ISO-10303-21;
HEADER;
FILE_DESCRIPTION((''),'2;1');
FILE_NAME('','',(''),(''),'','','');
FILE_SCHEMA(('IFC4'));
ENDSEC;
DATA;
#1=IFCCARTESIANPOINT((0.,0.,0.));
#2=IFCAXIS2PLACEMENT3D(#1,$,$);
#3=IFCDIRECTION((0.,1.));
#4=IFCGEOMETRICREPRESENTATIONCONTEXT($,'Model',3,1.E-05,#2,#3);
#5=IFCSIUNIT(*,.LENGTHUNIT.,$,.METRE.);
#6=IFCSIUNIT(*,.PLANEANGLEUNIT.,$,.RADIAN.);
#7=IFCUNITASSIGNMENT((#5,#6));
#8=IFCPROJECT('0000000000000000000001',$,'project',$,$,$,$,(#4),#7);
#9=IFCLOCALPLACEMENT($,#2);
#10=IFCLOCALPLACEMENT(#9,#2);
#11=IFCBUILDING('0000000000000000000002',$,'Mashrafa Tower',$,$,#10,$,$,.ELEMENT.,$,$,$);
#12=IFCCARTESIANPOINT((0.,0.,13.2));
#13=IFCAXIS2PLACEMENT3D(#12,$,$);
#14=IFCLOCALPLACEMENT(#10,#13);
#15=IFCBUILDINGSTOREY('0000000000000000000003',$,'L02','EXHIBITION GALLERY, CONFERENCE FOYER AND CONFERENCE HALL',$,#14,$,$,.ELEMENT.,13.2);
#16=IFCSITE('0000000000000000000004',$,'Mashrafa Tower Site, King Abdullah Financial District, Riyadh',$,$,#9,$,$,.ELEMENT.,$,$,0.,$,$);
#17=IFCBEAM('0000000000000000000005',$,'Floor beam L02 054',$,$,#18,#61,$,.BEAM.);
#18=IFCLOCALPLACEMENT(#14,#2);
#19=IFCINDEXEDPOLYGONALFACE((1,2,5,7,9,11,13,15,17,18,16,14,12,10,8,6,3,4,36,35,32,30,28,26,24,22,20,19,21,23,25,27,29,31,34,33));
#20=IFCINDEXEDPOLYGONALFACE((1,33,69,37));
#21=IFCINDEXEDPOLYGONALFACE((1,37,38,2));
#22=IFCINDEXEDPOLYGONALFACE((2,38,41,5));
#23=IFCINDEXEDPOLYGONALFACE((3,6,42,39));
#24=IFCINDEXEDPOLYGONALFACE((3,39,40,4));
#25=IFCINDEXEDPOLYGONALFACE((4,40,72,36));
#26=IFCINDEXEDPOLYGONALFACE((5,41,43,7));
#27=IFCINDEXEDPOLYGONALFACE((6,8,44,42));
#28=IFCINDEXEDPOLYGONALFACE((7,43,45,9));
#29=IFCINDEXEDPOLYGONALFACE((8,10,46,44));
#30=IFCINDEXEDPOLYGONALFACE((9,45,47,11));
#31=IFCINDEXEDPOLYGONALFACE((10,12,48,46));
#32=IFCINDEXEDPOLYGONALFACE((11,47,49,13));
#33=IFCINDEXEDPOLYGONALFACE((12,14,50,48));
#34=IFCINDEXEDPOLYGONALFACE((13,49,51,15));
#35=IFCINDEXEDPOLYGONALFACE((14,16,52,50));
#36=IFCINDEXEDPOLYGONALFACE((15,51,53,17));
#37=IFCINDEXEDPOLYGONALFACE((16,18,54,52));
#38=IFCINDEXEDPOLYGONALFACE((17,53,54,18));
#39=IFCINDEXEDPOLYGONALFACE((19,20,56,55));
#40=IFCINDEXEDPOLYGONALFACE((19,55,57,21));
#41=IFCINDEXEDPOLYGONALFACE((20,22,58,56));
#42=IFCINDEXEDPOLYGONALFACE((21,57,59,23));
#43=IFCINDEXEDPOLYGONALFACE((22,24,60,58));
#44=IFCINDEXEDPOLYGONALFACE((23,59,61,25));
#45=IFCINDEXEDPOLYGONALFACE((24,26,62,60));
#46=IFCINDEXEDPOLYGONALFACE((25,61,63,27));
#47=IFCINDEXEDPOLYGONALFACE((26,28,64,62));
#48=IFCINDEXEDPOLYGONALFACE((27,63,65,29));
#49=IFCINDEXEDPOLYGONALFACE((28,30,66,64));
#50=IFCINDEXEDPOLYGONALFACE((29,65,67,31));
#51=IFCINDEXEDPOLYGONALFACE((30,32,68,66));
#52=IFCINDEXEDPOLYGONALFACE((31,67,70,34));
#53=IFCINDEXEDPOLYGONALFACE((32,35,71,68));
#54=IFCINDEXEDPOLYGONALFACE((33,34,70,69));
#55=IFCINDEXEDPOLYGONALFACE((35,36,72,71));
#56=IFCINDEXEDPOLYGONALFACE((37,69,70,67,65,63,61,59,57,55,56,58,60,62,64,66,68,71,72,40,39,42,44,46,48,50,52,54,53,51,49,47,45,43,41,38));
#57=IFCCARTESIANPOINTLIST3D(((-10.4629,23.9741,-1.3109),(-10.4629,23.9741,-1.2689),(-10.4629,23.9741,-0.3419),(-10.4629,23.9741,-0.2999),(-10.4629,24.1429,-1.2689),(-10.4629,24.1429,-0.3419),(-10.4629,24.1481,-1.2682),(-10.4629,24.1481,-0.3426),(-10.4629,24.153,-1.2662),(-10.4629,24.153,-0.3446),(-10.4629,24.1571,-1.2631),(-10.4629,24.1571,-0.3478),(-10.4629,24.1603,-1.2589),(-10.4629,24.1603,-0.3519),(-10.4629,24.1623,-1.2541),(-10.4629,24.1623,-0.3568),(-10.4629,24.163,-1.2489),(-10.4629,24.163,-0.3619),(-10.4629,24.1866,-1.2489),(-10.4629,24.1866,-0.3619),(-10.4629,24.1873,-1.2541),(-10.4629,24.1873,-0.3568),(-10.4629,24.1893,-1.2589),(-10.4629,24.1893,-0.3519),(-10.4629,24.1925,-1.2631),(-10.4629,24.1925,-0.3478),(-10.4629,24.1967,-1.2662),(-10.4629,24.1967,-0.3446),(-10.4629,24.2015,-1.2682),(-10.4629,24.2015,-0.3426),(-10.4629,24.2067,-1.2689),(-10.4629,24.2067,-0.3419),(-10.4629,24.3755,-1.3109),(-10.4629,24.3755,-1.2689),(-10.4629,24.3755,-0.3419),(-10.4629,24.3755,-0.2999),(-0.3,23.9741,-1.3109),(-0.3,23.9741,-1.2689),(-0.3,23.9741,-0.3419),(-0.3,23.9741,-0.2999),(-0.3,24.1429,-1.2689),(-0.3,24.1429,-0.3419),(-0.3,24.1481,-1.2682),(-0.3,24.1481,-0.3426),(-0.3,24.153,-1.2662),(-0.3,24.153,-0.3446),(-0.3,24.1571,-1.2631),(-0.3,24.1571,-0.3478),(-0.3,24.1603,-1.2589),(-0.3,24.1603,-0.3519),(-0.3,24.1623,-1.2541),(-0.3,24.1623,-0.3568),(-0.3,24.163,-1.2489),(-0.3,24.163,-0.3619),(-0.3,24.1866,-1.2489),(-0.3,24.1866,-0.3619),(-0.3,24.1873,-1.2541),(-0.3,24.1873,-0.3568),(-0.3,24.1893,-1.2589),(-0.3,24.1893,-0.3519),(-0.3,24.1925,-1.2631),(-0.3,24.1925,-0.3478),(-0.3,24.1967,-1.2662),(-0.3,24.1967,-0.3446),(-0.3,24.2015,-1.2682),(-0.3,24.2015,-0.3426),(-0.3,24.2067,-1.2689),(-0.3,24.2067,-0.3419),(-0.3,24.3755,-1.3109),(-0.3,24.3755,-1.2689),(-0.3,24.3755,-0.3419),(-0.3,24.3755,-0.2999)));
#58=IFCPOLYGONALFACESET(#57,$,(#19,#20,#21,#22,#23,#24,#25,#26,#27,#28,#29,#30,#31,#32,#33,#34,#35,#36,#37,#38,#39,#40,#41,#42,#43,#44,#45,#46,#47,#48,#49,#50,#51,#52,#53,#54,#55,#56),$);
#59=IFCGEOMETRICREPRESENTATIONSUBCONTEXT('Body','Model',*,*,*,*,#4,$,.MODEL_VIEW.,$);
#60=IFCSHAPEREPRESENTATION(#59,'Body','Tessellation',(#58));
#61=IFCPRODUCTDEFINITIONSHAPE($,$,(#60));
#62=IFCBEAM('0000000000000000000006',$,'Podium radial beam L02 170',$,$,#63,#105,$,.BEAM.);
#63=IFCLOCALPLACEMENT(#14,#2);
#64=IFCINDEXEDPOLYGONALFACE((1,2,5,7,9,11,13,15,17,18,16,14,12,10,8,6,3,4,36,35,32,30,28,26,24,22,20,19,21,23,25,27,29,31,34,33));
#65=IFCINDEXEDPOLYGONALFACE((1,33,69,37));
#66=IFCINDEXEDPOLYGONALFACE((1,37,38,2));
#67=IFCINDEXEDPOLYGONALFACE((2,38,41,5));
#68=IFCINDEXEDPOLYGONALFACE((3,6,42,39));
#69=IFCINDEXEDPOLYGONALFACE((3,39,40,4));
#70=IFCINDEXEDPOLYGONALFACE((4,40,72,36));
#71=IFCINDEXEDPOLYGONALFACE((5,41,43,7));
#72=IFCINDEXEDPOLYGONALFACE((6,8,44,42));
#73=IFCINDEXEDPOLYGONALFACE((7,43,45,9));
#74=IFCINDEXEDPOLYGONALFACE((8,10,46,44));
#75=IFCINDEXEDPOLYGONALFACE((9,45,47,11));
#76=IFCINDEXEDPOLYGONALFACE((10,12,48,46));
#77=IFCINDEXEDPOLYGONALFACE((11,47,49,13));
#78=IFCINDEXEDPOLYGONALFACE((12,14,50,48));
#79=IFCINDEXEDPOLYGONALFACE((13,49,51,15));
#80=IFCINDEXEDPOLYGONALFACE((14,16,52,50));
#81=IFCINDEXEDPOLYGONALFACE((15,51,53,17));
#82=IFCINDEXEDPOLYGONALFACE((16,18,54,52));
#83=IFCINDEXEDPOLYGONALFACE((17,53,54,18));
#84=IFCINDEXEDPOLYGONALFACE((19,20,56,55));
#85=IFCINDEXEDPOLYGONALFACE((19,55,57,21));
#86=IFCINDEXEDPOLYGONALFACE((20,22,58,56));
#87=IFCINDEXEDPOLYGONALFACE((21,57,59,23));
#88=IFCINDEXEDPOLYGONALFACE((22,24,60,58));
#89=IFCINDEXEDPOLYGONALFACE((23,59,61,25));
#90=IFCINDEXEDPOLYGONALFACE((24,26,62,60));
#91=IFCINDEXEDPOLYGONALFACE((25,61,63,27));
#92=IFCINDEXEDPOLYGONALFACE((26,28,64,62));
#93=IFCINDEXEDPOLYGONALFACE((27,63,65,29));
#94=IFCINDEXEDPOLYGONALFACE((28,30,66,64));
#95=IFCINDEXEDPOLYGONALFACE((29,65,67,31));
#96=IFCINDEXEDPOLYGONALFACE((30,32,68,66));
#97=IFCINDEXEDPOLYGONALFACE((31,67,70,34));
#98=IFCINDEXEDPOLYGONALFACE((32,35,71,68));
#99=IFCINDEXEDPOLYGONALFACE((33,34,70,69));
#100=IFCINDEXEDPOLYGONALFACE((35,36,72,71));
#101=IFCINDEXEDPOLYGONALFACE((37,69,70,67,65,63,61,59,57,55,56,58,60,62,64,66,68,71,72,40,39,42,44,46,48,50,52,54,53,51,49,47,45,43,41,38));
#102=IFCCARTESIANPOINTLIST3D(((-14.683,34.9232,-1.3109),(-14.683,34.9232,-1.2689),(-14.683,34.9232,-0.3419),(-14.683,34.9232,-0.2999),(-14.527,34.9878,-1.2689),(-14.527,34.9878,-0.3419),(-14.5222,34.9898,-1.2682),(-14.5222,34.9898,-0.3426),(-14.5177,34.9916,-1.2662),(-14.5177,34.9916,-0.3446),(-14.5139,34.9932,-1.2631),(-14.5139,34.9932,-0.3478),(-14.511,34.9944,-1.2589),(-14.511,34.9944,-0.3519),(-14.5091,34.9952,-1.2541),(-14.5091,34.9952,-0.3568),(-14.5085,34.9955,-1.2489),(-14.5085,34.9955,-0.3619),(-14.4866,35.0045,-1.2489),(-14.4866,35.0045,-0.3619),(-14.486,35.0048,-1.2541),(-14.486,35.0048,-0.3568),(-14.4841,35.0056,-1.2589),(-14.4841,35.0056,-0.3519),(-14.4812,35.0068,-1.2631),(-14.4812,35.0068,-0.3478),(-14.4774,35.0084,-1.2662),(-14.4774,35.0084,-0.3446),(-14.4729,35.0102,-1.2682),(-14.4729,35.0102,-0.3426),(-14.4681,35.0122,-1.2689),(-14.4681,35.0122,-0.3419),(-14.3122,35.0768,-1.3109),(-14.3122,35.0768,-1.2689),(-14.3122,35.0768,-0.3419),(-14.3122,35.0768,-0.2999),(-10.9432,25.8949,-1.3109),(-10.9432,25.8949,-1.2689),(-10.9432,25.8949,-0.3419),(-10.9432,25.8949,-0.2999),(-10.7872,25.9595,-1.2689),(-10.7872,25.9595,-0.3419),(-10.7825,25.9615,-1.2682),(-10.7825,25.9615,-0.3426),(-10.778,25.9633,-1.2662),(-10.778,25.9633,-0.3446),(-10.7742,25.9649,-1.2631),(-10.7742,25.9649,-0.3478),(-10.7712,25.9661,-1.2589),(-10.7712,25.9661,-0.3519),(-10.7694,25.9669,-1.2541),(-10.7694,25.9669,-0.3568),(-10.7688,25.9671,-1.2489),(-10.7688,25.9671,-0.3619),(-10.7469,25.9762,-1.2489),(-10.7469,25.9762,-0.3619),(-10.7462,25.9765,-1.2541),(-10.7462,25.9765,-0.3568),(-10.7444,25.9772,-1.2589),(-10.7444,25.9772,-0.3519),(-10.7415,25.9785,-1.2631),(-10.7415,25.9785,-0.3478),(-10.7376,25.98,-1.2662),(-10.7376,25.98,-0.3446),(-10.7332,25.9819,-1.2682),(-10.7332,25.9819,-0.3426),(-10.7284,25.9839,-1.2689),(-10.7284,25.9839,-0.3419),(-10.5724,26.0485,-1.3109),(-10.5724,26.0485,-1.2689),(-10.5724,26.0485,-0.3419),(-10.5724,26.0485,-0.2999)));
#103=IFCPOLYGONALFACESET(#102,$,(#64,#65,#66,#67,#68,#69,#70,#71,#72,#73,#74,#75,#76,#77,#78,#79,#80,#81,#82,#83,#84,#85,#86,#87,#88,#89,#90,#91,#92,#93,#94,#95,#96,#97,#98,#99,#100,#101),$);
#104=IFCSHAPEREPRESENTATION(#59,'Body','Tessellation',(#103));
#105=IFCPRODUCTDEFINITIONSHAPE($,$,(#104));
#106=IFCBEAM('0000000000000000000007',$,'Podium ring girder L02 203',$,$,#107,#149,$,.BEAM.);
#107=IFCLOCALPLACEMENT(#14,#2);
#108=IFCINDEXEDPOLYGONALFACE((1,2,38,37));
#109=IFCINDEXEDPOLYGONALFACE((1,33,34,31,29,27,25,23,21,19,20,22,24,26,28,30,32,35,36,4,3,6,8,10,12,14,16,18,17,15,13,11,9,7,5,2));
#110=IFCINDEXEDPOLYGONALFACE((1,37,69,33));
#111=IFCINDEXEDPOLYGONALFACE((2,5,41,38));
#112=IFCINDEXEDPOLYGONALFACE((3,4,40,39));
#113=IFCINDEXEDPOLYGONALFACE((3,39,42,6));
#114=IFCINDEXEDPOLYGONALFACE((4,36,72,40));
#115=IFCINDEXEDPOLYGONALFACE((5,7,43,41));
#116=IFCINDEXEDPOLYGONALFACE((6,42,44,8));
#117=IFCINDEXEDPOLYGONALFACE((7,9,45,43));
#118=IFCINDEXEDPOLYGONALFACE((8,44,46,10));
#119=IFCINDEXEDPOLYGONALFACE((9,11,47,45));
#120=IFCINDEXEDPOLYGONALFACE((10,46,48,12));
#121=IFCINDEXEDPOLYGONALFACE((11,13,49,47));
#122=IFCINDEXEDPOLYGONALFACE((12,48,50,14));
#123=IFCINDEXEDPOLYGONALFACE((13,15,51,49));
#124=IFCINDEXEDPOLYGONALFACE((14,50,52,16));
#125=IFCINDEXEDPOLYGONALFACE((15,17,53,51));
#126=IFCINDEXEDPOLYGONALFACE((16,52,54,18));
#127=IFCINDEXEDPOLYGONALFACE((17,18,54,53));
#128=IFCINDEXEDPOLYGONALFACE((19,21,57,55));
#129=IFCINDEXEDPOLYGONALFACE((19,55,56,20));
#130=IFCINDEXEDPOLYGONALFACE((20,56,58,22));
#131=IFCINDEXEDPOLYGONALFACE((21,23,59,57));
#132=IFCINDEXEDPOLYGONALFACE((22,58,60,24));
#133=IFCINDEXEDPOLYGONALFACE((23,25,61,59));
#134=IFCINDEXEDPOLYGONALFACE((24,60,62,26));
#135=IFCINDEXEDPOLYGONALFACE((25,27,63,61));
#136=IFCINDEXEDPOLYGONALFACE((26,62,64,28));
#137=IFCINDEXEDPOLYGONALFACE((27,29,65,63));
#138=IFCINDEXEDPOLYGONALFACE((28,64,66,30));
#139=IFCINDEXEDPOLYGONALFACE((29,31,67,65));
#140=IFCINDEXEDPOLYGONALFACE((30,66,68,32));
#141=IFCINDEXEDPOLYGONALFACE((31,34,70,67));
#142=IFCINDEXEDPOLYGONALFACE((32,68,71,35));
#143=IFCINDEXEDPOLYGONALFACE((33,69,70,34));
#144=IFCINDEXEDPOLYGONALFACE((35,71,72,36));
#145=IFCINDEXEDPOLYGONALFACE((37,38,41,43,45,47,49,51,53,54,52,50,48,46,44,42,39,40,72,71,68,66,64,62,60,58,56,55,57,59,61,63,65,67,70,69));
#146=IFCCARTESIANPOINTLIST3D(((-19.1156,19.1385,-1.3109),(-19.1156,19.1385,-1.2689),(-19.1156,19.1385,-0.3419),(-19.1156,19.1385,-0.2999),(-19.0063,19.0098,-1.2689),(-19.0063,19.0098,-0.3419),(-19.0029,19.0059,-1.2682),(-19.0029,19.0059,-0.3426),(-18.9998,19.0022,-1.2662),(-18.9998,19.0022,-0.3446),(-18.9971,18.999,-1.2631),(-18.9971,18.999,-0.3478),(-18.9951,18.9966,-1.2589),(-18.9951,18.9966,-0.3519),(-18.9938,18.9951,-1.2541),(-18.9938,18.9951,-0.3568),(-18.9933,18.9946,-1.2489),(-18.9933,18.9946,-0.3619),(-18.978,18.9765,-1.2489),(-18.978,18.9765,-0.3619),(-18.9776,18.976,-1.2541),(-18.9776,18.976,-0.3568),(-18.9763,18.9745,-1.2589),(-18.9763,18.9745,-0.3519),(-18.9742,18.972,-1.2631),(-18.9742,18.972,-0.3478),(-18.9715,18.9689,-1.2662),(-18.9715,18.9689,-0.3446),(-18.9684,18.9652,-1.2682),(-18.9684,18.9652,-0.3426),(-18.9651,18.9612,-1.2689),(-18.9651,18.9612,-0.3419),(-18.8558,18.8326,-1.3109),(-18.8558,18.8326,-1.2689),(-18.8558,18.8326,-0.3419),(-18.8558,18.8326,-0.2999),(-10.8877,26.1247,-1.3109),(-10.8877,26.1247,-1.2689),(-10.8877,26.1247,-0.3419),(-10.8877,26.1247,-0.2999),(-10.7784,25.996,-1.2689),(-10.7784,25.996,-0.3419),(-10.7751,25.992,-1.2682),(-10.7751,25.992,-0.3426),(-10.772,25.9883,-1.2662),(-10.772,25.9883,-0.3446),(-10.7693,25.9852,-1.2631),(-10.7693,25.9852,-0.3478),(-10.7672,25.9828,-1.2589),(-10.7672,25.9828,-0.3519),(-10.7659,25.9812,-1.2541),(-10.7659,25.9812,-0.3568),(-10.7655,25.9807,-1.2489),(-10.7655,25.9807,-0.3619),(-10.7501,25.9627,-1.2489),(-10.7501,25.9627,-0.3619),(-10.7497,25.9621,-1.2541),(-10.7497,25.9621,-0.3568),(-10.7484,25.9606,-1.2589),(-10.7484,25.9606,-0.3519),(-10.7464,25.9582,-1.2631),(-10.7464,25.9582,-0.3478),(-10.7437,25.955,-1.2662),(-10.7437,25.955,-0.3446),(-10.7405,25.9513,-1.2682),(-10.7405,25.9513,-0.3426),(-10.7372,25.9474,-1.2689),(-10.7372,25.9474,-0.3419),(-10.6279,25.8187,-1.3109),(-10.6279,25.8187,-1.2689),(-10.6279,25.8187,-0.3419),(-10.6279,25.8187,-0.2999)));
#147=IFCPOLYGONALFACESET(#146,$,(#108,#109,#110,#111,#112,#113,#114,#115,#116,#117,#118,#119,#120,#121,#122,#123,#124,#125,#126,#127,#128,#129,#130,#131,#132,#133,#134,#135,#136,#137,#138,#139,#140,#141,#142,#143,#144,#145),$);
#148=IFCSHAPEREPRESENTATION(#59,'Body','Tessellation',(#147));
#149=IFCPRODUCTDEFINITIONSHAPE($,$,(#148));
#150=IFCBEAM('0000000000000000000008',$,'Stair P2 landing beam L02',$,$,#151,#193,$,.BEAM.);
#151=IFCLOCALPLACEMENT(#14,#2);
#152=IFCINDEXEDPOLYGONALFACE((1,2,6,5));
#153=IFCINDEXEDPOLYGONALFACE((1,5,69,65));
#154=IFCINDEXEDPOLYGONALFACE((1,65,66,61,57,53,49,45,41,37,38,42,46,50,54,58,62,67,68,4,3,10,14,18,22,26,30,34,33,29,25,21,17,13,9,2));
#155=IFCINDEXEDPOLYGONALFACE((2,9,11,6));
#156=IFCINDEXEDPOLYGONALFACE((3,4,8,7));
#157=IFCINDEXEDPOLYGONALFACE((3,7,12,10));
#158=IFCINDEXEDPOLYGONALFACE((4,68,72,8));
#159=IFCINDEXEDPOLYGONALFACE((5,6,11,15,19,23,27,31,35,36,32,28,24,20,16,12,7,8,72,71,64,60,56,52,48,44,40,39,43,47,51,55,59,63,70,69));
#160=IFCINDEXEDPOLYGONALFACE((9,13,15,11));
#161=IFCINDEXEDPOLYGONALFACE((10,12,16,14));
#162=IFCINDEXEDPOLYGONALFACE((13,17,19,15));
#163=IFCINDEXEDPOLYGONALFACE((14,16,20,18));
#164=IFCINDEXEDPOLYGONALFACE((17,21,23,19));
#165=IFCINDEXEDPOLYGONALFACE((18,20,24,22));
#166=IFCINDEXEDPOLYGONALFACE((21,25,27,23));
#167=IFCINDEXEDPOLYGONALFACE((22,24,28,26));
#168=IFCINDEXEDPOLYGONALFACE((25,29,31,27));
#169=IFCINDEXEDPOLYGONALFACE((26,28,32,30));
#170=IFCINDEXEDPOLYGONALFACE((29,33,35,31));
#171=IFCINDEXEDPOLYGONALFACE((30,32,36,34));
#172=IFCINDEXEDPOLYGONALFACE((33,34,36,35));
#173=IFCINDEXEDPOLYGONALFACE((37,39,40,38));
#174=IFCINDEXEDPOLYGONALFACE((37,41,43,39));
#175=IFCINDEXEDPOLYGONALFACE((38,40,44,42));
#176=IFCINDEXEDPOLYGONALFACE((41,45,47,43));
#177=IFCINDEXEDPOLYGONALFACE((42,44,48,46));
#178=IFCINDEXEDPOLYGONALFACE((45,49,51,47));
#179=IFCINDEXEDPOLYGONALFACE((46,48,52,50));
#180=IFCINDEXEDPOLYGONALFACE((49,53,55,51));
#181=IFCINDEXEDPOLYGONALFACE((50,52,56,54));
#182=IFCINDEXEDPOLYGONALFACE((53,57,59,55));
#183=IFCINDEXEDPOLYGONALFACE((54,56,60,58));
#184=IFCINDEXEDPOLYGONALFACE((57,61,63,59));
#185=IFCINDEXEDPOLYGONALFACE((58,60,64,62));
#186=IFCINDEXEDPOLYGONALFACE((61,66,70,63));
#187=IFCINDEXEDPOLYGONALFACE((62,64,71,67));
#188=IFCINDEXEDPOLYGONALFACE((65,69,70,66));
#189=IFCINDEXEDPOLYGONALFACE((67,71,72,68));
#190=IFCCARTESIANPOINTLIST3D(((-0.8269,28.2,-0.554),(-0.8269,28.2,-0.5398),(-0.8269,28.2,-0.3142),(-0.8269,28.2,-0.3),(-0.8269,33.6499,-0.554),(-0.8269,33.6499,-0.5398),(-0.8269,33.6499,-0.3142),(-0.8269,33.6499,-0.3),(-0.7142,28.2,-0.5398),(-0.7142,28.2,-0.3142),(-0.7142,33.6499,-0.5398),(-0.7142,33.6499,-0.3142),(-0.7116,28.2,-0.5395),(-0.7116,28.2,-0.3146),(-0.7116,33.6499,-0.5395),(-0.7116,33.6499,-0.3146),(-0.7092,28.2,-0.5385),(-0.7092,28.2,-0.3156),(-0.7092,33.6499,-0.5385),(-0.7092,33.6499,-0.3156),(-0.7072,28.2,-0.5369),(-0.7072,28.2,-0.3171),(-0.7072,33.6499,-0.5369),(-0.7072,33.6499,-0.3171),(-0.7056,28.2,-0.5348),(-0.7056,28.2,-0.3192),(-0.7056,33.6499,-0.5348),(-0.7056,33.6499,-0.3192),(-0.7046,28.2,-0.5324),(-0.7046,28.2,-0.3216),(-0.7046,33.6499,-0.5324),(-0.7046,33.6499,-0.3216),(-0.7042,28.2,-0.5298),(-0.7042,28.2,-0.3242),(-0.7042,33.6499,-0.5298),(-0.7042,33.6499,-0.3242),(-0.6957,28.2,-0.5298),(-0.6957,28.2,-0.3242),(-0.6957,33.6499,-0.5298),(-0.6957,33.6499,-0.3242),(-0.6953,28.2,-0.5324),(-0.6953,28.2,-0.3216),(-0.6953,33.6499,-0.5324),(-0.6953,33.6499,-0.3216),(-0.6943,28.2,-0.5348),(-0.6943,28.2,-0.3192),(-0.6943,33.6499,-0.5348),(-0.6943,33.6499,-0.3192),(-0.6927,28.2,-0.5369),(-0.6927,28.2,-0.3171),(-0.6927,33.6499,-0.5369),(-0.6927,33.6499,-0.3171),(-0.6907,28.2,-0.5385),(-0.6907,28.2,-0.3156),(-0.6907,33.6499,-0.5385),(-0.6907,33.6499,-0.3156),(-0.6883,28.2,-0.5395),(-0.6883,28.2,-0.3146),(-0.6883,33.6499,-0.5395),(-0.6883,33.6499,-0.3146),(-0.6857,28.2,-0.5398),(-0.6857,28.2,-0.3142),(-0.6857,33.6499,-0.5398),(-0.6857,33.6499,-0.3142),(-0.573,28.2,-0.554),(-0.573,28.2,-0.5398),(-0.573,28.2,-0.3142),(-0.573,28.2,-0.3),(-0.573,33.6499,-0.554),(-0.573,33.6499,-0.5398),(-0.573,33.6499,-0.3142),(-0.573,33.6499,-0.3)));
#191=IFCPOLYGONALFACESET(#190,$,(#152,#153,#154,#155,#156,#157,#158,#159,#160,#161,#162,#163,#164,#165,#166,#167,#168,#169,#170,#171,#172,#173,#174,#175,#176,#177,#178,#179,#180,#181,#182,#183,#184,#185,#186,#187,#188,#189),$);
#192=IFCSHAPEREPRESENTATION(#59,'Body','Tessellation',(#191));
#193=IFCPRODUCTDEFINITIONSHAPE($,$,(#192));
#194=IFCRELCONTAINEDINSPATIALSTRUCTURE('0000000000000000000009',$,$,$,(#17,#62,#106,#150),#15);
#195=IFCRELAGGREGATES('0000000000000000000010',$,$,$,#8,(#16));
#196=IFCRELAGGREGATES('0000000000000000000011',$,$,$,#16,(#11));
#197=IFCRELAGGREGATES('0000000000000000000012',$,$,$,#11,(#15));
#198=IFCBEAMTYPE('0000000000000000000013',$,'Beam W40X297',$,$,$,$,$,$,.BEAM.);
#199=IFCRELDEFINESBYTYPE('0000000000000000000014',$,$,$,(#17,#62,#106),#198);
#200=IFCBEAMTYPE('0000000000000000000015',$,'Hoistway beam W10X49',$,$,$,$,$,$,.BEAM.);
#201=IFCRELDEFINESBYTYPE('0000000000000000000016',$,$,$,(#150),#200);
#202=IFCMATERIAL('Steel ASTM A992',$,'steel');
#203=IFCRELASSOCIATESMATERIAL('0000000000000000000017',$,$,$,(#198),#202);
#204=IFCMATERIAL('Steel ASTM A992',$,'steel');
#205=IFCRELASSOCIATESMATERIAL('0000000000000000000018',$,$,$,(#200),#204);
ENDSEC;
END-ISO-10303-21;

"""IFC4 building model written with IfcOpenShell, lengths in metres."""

from ifc_helpers import new_model, si_unit, direction, frame, origin, origin_2d, place, context, subcontext, project, spatial, i_section, extrude, material, material_profile, profile_set, type_object, element, save


model = new_model("IFC4")

# Units and contexts
model_context = context("Model", 3, precision=1e-05, world=origin(), true_north=direction((0.0, 1.0)))
body_context = subcontext(model_context, "Body", "Model", "MODEL_VIEW")
ifc_project = project(units=[si_unit("LENGTHUNIT", "METRE"), si_unit("PLANEANGLEUNIT", "RADIAN")], contexts=[model_context])

# Site, building, storey
site_placement = place(None, origin())
site = spatial("IfcSite", under=ifc_project, at=site_placement, Name="Mashrafa Tower Site, King Abdullah Financial District, Riyadh", CompositionType="ELEMENT", RefElevation=0.0)
building_placement = place(site_placement, origin())
building = spatial("IfcBuilding", under=site, at=building_placement, Name="Mashrafa Tower", CompositionType="ELEMENT")
storey_placement = place(building_placement, frame((0.0, 0.0, 13.2)))
storey = spatial("IfcBuildingStorey", under=building, at=storey_placement, Name="L02", Description="EXHIBITION GALLERY, CONFERENCE FOYER AND CONFERENCE HALL", CompositionType="ELEMENT", Elevation=13.2)

# Beams
ifc_material_1 = material(Name="Steel ASTM A992", Category="steel")
ifc_material_profile_1 = material_profile(ifc_material_1, i_section(OverallWidth=0.4014, OverallDepth=1.011, WebThickness=0.0237, FlangeThickness=0.042, FilletRadius=0.02, at=origin_2d()), Name="W40X297")
ifc_profile_set_1 = profile_set([ifc_material_profile_1], Name="Steel ASTM A992")
beam_type_1 = type_object("IfcBeamType", Name="Beam W40X297", PredefinedType="BEAM", material=ifc_profile_set_1)
beam_1_placement = place(storey_placement, frame((-10.4629, 24.1748, -0.8054), z_axis=(1.0, 0.0, 0.0), x_axis=(0.0, 1.0, 0.0)))
element("IfcBeam", 1, at=beam_1_placement, inside=storey, type_object=beam_type_1, Name="Floor beam L02 054", PredefinedType="BEAM", context=body_context, shape_type="SweptSolid", body=[
    extrude(i_section(OverallWidth=0.4014, OverallDepth=1.011, WebThickness=0.0237, FlangeThickness=0.042, FilletRadius=0.02, at=origin_2d()), origin(), (0.0, 0.0, 1.0), 10.1628),
])
beam_2_placement = place(storey_placement, frame((-10.7578, 25.9717, -0.8054), z_axis=(-0.382692, 0.923876, 0.0), x_axis=(-0.923876, -0.382692, 0.0)))
element("IfcBeam", 2, at=beam_2_placement, inside=storey, type_object=beam_type_1, Name="Podium radial beam L02 170", PredefinedType="BEAM", context=body_context, shape_type="SweptSolid", body=[
    extrude(i_section(OverallWidth=0.4014, OverallDepth=1.011, WebThickness=0.0237, FlangeThickness=0.042, FilletRadius=0.02, at=origin_2d()), origin(), (0.0, 0.0, 1.0), 9.7722),
])
beam_3_placement = place(storey_placement, frame((-10.7578, 25.9717, -0.8054), z_axis=(-0.762284, -0.647243, 0.0), x_axis=(0.647243, -0.762284, 0.0)))
element("IfcBeam", 3, at=beam_3_placement, inside=storey, type_object=beam_type_1, Name="Podium ring girder L02 203", PredefinedType="BEAM", context=body_context, shape_type="SweptSolid", body=[
    extrude(i_section(OverallWidth=0.4014, OverallDepth=1.011, WebThickness=0.0237, FlangeThickness=0.042, FilletRadius=0.02, at=origin_2d()), origin(), (0.0, 0.0, 1.0), 10.7937),
])
ifc_material_2 = material(Name="Steel ASTM A992", Category="steel")
ifc_material_profile_2 = material_profile(ifc_material_2, i_section(OverallWidth=0.2539, OverallDepth=0.2539, WebThickness=0.0085, FlangeThickness=0.0142, FilletRadius=0.01, at=origin_2d()), Name="W10X49")
ifc_profile_set_2 = profile_set([ifc_material_profile_2], Name="Steel ASTM A992")
beam_type_2 = type_object("IfcBeamType", Name="Hoistway beam W10X49", PredefinedType="BEAM", material=ifc_profile_set_2)
for number, where, z_axis, x_axis, name in (
    (4, (-0.7, 28.2, -0.427), (0.0, 1.0, 0.0), (-1.0, 0.0, 0.0), "Stair P2 landing beam L02"),
):
    element("IfcBeam", number, at=place(storey_placement, frame(where, z_axis=z_axis, x_axis=x_axis)), inside=storey, type_object=beam_type_2, Name=name, PredefinedType="BEAM", context=body_context, shape_type="SweptSolid", body=[
        extrude(i_section(OverallWidth=0.2539, OverallDepth=0.2539, WebThickness=0.0085, FlangeThickness=0.0142, FilletRadius=0.01, at=origin_2d()), origin(), (0.0, 0.0, 1.0), 5.45),
    ])

save(model, "model.ifc")
